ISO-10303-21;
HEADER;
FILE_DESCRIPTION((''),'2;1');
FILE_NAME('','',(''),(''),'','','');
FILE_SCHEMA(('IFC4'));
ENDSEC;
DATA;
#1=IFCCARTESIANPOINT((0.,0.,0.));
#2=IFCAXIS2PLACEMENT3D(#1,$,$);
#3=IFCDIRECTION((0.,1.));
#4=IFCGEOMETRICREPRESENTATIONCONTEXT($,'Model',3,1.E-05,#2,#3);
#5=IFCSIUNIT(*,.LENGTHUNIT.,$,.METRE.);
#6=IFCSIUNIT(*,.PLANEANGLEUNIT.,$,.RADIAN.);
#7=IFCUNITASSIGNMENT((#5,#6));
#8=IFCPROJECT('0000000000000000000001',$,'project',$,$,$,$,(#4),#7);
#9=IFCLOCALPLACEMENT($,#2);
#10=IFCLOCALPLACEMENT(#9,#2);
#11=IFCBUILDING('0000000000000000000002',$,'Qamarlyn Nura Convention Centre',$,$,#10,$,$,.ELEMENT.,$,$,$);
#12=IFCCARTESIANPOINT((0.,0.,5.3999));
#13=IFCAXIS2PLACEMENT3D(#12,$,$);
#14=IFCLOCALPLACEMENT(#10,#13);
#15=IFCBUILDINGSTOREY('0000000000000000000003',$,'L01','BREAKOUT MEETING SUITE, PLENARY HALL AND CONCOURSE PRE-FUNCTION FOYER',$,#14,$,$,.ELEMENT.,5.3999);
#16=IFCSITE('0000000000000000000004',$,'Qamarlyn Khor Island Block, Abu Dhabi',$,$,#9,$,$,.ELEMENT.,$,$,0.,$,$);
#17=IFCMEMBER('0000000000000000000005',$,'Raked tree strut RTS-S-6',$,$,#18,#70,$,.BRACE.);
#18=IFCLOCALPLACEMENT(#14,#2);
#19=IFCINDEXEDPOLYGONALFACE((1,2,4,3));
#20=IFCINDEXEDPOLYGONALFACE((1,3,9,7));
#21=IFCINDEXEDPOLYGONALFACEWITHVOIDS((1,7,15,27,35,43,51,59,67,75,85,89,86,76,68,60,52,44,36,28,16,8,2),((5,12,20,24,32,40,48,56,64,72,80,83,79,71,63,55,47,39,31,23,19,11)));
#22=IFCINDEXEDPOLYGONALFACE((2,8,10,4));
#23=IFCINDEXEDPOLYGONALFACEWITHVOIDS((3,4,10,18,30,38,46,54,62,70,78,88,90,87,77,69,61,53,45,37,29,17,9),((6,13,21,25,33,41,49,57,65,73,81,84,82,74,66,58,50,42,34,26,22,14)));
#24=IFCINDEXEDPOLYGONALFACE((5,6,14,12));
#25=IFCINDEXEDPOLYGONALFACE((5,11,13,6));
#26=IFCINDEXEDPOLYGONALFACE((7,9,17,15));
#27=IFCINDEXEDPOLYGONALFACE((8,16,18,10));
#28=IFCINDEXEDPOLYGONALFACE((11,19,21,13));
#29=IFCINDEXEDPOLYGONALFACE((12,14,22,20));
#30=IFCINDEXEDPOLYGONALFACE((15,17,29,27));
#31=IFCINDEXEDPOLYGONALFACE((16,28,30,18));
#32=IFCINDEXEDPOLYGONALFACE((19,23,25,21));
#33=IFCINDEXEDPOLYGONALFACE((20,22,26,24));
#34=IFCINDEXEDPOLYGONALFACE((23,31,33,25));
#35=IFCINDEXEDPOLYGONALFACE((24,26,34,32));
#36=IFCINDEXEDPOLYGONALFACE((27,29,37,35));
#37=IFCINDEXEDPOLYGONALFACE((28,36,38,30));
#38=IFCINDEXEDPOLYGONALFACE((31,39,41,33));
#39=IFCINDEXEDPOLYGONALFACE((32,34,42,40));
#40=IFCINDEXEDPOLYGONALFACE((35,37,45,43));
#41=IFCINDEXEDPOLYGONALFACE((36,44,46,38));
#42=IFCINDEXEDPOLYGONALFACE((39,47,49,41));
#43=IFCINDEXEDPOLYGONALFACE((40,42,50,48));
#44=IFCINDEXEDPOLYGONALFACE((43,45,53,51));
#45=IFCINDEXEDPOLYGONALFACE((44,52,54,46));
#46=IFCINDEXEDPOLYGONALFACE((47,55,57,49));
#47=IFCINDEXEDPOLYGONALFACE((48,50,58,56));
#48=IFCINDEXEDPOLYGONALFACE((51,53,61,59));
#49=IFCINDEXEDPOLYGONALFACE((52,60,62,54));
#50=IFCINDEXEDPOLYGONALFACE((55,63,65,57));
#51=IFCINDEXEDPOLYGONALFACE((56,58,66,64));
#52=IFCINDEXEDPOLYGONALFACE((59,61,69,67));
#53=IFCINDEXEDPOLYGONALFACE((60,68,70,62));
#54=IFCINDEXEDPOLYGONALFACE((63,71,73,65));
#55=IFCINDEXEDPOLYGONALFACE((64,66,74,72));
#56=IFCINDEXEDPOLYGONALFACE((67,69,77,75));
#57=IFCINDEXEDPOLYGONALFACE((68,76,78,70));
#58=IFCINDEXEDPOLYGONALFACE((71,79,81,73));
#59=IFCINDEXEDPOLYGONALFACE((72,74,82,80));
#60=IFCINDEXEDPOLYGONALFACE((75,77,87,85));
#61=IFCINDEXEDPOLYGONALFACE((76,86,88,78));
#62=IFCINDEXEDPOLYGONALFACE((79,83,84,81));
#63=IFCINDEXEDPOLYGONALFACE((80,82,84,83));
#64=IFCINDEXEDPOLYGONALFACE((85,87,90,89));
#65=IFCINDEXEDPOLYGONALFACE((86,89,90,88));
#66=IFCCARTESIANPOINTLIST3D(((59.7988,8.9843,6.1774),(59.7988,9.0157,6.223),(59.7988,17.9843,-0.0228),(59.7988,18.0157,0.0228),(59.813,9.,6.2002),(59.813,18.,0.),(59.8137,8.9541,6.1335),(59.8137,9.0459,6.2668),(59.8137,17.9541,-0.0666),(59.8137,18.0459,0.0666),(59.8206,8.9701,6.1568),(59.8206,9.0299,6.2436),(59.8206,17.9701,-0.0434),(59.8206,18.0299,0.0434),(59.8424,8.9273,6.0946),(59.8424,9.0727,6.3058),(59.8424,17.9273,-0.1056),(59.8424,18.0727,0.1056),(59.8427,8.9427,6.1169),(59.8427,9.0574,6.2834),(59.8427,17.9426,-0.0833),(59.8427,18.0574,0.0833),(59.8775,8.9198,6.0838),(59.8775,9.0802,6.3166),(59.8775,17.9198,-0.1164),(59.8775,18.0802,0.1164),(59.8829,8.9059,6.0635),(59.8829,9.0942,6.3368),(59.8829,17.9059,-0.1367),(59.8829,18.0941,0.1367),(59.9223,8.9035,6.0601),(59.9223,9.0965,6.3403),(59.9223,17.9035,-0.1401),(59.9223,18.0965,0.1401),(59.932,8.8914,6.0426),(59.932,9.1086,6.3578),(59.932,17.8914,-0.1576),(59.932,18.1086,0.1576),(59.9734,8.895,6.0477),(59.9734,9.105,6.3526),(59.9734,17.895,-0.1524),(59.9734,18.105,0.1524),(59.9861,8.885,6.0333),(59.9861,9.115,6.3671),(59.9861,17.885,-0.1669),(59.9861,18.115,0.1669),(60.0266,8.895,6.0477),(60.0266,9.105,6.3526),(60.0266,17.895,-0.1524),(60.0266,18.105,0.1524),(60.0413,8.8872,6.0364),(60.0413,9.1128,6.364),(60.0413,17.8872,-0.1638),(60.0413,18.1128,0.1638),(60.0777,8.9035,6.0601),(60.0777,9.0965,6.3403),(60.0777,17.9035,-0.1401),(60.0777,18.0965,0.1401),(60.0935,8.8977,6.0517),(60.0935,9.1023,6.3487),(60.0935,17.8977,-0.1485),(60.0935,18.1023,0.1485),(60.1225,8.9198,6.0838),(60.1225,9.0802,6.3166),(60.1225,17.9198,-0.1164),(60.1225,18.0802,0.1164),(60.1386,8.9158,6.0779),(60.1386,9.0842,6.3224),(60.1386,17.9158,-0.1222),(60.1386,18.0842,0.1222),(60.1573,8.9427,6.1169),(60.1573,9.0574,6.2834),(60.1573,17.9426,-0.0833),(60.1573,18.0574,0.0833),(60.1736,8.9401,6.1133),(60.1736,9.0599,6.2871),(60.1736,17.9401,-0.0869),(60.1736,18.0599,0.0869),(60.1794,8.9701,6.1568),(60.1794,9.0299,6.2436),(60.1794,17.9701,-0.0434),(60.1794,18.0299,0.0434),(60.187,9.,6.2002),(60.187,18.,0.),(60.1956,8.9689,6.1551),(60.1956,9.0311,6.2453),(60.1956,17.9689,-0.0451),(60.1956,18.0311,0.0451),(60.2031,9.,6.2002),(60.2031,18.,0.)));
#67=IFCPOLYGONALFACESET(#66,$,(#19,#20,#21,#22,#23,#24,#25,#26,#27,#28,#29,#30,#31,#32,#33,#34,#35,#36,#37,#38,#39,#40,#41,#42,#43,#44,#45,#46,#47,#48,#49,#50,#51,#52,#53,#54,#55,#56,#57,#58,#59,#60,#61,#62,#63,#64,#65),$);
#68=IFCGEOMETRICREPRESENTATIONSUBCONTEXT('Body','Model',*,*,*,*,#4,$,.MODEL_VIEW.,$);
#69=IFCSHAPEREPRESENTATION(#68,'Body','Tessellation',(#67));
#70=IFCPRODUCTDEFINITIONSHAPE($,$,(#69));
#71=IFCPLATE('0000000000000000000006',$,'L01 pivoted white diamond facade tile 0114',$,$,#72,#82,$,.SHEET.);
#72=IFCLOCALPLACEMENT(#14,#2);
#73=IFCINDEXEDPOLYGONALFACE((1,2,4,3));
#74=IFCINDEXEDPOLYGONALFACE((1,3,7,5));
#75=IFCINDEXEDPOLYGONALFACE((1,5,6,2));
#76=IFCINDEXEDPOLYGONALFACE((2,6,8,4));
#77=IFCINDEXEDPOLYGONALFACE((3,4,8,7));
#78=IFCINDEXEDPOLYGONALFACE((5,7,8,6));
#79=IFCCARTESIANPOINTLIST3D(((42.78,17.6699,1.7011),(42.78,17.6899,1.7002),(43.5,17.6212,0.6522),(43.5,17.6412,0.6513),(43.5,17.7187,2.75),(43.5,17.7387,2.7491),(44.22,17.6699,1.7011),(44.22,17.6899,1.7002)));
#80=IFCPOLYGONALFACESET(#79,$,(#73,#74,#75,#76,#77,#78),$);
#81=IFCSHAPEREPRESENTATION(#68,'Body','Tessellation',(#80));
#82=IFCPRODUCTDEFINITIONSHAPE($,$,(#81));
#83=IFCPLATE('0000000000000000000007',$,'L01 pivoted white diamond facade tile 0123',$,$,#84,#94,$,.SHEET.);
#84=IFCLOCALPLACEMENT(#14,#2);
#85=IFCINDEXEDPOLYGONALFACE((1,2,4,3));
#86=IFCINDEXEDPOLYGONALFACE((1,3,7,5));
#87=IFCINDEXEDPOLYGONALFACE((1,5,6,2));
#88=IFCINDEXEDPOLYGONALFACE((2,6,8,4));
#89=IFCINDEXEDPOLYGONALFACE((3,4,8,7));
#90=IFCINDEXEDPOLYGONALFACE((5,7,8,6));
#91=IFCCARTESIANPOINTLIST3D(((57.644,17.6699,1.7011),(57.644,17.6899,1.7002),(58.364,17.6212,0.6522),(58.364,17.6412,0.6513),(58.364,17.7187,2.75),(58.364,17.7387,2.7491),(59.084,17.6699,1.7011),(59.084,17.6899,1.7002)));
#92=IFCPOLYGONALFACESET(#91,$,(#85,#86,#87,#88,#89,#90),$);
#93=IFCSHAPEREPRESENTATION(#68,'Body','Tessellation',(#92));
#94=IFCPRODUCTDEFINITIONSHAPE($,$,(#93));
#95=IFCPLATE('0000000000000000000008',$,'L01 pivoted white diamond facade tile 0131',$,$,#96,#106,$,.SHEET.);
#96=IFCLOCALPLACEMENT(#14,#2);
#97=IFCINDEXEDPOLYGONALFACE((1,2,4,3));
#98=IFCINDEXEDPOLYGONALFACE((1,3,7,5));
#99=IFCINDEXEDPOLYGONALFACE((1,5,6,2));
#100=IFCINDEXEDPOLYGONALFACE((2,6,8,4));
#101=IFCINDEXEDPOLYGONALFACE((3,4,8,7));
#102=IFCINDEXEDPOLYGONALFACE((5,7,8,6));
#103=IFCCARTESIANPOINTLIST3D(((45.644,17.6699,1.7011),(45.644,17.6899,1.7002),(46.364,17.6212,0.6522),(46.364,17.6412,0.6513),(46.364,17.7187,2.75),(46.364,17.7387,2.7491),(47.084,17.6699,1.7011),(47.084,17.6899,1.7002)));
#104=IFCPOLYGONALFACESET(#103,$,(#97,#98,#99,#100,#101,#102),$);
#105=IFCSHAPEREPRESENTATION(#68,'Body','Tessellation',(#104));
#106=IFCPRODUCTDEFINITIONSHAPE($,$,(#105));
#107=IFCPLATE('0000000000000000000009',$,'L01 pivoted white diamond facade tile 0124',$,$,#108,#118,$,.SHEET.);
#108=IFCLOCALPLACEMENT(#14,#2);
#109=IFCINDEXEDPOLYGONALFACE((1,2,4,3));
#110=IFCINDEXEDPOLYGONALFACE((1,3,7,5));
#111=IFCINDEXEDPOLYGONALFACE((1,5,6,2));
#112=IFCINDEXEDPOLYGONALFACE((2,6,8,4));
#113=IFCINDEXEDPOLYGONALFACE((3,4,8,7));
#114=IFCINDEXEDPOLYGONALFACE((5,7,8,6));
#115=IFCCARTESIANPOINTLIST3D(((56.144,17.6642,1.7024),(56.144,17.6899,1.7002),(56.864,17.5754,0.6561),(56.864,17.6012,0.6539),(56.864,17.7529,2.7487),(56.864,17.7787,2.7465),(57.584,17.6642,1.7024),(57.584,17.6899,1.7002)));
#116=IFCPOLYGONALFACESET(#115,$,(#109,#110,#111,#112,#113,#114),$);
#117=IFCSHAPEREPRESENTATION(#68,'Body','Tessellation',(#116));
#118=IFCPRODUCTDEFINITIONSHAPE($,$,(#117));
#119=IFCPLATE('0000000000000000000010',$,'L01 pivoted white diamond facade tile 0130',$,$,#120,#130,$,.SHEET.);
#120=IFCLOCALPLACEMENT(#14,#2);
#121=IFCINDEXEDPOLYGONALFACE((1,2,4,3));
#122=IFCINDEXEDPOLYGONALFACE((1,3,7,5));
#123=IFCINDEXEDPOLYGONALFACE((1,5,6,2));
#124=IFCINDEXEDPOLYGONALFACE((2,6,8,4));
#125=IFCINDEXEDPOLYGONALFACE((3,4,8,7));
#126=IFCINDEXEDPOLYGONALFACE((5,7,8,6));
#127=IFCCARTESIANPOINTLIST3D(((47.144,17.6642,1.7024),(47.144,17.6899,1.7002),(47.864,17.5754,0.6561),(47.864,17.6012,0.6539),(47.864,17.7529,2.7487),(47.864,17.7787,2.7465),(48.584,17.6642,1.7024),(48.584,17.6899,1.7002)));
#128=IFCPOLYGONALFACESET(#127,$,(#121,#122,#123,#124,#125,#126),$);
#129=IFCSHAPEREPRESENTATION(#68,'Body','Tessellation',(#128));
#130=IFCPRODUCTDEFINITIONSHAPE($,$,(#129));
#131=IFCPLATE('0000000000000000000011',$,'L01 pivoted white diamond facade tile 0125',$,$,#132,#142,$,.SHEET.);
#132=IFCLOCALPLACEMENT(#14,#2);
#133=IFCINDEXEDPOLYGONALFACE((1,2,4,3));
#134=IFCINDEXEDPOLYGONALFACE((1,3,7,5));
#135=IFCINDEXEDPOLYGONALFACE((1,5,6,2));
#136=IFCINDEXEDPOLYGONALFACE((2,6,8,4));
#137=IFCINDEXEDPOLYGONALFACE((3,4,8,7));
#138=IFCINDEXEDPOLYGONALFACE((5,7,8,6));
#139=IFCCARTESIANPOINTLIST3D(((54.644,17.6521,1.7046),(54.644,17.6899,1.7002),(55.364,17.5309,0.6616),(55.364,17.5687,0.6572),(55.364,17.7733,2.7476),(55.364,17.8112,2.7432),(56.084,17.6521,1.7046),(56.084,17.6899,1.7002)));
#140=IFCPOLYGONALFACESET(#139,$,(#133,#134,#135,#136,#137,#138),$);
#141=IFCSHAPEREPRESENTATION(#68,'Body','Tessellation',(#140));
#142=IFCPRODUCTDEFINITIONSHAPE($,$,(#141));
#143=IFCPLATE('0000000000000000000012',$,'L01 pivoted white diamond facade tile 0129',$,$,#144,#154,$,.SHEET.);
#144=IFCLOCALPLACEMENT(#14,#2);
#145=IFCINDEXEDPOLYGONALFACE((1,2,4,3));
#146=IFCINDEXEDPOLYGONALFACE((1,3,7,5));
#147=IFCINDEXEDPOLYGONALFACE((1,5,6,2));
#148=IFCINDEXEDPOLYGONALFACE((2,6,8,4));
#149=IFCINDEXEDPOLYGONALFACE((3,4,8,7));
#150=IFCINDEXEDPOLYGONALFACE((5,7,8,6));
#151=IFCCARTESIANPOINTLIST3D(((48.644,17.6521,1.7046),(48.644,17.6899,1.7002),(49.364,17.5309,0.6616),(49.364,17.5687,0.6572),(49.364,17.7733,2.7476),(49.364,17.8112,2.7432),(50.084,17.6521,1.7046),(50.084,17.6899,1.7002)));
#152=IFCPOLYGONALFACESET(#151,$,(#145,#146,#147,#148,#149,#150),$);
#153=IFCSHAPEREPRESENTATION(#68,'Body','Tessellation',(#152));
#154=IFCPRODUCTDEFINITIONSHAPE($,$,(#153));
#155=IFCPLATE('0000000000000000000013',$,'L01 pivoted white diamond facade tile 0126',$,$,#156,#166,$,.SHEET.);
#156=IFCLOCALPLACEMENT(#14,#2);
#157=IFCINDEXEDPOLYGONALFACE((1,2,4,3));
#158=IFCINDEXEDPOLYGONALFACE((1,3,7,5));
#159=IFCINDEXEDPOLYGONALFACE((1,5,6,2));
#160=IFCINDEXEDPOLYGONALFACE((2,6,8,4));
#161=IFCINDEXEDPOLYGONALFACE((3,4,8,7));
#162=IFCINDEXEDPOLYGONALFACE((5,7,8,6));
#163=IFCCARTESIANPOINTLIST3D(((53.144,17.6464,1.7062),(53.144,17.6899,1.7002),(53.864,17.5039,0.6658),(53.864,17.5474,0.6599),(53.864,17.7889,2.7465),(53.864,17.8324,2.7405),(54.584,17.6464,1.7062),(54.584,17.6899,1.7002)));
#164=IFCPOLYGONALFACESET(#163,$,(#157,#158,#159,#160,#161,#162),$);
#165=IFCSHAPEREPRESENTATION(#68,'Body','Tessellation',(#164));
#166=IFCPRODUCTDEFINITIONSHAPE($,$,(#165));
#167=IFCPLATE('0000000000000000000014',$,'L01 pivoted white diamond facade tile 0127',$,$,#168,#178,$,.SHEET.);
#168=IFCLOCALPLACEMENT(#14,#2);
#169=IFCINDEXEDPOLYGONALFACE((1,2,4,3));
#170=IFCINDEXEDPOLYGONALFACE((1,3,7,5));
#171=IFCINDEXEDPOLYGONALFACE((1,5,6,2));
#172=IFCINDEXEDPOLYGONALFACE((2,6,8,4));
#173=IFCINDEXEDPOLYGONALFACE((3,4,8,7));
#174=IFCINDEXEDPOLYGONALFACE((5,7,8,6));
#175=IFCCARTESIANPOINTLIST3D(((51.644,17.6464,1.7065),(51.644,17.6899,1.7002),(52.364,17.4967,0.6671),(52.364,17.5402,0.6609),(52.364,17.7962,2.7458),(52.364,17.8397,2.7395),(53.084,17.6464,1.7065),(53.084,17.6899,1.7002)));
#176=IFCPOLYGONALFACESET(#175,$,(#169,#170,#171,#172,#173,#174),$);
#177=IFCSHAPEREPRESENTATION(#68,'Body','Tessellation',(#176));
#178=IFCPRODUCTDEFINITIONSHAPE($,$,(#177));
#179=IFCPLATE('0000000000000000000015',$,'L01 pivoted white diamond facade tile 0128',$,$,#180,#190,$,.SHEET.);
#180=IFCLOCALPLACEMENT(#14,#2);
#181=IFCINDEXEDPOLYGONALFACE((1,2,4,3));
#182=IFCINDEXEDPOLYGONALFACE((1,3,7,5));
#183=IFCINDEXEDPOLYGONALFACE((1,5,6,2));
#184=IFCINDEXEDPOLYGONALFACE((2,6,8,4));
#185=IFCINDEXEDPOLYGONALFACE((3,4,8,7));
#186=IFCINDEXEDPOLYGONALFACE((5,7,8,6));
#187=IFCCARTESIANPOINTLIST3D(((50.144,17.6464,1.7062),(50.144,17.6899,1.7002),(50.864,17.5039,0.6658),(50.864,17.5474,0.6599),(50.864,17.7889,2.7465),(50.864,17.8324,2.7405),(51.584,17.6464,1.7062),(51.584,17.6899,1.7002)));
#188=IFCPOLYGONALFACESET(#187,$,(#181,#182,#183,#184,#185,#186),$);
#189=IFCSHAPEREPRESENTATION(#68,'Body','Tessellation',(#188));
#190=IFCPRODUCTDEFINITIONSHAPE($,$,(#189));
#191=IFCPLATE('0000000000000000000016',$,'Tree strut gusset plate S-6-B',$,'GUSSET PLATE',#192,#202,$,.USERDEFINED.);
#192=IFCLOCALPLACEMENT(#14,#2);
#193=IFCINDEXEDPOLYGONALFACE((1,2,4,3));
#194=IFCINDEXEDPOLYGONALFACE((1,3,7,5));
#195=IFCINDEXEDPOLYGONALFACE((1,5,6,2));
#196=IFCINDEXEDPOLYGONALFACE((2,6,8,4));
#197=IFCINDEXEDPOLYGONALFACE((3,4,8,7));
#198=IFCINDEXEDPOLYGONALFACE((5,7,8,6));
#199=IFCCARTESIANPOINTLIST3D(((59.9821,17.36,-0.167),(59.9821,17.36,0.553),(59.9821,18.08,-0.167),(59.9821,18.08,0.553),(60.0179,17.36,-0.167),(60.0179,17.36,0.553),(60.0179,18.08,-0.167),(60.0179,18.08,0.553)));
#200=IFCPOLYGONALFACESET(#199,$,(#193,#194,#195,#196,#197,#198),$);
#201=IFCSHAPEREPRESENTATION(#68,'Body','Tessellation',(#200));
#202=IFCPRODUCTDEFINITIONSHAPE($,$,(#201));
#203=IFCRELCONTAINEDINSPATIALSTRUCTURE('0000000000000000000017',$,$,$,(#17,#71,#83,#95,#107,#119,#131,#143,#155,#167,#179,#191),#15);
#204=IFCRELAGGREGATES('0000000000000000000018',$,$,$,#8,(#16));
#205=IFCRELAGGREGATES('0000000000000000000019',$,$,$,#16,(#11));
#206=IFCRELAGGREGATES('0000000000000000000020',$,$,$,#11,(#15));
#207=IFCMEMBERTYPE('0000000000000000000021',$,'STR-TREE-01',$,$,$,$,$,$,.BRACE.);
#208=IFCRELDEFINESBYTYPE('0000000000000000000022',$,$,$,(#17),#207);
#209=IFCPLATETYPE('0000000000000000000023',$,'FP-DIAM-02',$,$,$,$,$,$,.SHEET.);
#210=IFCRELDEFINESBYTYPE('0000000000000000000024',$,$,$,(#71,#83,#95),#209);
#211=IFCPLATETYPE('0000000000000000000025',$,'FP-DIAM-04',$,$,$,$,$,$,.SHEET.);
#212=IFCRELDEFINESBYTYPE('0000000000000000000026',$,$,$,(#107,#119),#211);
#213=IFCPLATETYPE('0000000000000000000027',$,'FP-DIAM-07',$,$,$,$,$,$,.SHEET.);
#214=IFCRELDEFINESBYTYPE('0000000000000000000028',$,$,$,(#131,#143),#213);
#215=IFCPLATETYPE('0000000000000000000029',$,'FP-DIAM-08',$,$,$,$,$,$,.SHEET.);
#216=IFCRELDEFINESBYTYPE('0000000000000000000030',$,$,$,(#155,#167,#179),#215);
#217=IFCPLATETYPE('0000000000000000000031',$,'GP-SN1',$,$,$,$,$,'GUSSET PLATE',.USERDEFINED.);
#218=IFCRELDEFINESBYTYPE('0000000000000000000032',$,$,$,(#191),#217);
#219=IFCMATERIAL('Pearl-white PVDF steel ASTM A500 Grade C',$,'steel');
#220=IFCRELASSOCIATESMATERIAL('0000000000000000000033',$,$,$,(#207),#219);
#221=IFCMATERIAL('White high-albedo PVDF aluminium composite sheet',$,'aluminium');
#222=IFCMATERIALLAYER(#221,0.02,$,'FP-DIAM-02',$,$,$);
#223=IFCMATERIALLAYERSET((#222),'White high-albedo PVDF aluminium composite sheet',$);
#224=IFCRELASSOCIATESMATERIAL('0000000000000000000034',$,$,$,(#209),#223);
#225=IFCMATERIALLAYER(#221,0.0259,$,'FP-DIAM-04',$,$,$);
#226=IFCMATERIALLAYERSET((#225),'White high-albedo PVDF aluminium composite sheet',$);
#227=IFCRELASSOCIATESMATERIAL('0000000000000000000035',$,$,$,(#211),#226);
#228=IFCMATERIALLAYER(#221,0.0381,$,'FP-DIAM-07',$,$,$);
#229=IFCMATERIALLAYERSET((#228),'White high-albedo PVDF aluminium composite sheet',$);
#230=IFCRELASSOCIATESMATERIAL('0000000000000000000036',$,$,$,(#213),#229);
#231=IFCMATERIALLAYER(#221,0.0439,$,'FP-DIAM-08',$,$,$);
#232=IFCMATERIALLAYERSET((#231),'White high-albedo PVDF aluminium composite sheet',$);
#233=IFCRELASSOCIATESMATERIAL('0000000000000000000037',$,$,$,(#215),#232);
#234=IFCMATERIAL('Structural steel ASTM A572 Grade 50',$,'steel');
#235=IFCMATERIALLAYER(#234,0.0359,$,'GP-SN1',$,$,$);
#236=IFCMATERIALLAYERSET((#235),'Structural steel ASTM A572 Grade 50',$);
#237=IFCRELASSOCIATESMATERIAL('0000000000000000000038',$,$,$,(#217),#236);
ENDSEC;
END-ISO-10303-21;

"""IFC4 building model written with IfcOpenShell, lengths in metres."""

from ifc_helpers import new_model, si_unit, direction, frame, origin, origin_2d, place, context, subcontext, project, spatial, polyline, rectangle, hollow_circle, outline, extrude, material, layer, layer_set, material_profile, profile_set, type_object, element, save


model = new_model("IFC4")

# Units and contexts
model_context = context("Model", 3, precision=1e-05, world=origin(), true_north=direction((0.0, 1.0)))
body_context = subcontext(model_context, "Body", "Model", "MODEL_VIEW")
ifc_project = project(units=[si_unit("LENGTHUNIT", "METRE"), si_unit("PLANEANGLEUNIT", "RADIAN")], contexts=[model_context])

# Site, building, storey
site_placement = place(None, origin())
site = spatial("IfcSite", under=ifc_project, at=site_placement, Name="Qamarlyn Khor Island Block, Abu Dhabi", CompositionType="ELEMENT", RefElevation=0.0)
building_placement = place(site_placement, origin())
building = spatial("IfcBuilding", under=site, at=building_placement, Name="Qamarlyn Nura Convention Centre", CompositionType="ELEMENT")
storey_placement = place(building_placement, frame((0.0, 0.0, 5.3999)))
storey = spatial("IfcBuildingStorey", under=building, at=storey_placement, Name="L01", Description="BREAKOUT MEETING SUITE, PLENARY HALL AND CONCOURSE PRE-FUNCTION FOYER", CompositionType="ELEMENT", Elevation=5.3999)

# Shared definitions
ifc_material_1 = material(Name="Pearl-white PVDF steel ASTM A500 Grade C", Category="steel")

# Member
ifc_material_profile_1 = material_profile(ifc_material_1, hollow_circle(Radius=0.2031, WallThickness=0.0161, at=origin_2d()), Name="CHS406.4X16")
ifc_profile_set_1 = profile_set([ifc_material_profile_1], Name="Pearl-white PVDF steel ASTM A500 Grade C")
member_type = type_object("IfcMemberType", Name="STR-TREE-01", PredefinedType="BRACE", material=ifc_profile_set_1)
for number, where, z_axis, x_axis, name in (
    (1, (60.0, 18.0, 0.0), (0.0, -0.823499, 0.567317), (1.0, 0.0, 0.0), "Raked tree strut RTS-S-6"),
):
    element("IfcMember", number, at=place(storey_placement, frame(where, z_axis=z_axis, x_axis=x_axis)), inside=storey, type_object=member_type, Name=name, PredefinedType="BRACE", context=body_context, shape_type="SweptSolid", body=[
        extrude(hollow_circle(Radius=0.2031, WallThickness=0.0161, at=origin_2d()), origin(), (0.0, 0.0, 1.0), 10.929),
    ])

# Plates
ifc_material_2 = material(Name="White high-albedo PVDF aluminium composite sheet", Category="aluminium")
ifc_layer_1 = layer(ifc_material_2, 0.02, Name="FP-DIAM-02")
ifc_layer_set_1 = layer_set([ifc_layer_1], Name="White high-albedo PVDF aluminium composite sheet")
plate_type_1 = type_object("IfcPlateType", Name="FP-DIAM-02", PredefinedType="SHEET", material=ifc_layer_set_1)
for number, where, z_axis, x_axis, name in (
    (2, (43.5, 17.6899, 1.7002), (0.0, -0.998923, 0.046409), (1.0, 0.0, 0.0), "L01 pivoted white diamond facade tile 0114"),
    (3, (58.364, 17.6899, 1.7002), (0.0, -0.998923, 0.046409), (1.0, 0.0, 0.0), "L01 pivoted white diamond facade tile 0123"),
    (4, (46.364, 17.6899, 1.7002), (0.0, -0.998923, 0.046409), (1.0, 0.0, 0.0), "L01 pivoted white diamond facade tile 0131"),
):
    element("IfcPlate", number, at=place(storey_placement, frame(where, z_axis=z_axis, x_axis=x_axis)), inside=storey, type_object=plate_type_1, Name=name, PredefinedType="SHEET", context=body_context, shape_type="SweptSolid", body=[
        extrude(outline(polyline([(-0.72, 0.0), (0.0, -1.05), (0.72, 0.0), (0.0, 1.05), (-0.72, 0.0)])), origin(), (0.0, 0.0, 1.0), 0.02),
    ])
ifc_layer_2 = layer(ifc_material_2, 0.0259, Name="FP-DIAM-04")
ifc_layer_set_2 = layer_set([ifc_layer_2], Name="White high-albedo PVDF aluminium composite sheet")
plate_type_2 = type_object("IfcPlateType", Name="FP-DIAM-04", PredefinedType="SHEET", material=ifc_layer_set_2)
for number, where, z_axis, x_axis, name in (
    (5, (56.864, 17.6899, 1.7002), (0.0, -0.996419, 0.084547), (1.0, 0.0, 0.0), "L01 pivoted white diamond facade tile 0124"),
    (6, (47.864, 17.6899, 1.7002), (0.0, -0.996419, 0.084547), (1.0, 0.0, 0.0), "L01 pivoted white diamond facade tile 0130"),
):
    element("IfcPlate", number, at=place(storey_placement, frame(where, z_axis=z_axis, x_axis=x_axis)), inside=storey, type_object=plate_type_2, Name=name, PredefinedType="SHEET", context=body_context, shape_type="SweptSolid", body=[
        extrude(outline(polyline([(-0.72, 0.0), (0.0, -1.05), (0.72, 0.0), (0.0, 1.05), (-0.72, 0.0)])), origin(), (0.0, 0.0, 1.0), 0.0259),
    ])
ifc_layer_3 = layer(ifc_material_2, 0.0381, Name="FP-DIAM-07")
ifc_layer_set_3 = layer_set([ifc_layer_3], Name="White high-albedo PVDF aluminium composite sheet")
plate_type_3 = type_object("IfcPlateType", Name="FP-DIAM-07", PredefinedType="SHEET", material=ifc_layer_set_3)
for number, where, z_axis, x_axis, name in (
    (7, (55.364, 17.6899, 1.7002), (0.0, -0.993312, 0.115457), (1.0, 0.0, 0.0), "L01 pivoted white diamond facade tile 0125"),
    (8, (49.364, 17.6899, 1.7002), (0.0, -0.993312, 0.115457), (1.0, 0.0, 0.0), "L01 pivoted white diamond facade tile 0129"),
):
    element("IfcPlate", number, at=place(storey_placement, frame(where, z_axis=z_axis, x_axis=x_axis)), inside=storey, type_object=plate_type_3, Name=name, PredefinedType="SHEET", context=body_context, shape_type="SweptSolid", body=[
        extrude(outline(polyline([(-0.72, 0.0), (0.0, -1.05), (0.72, 0.0), (0.0, 1.05), (-0.72, 0.0)])), origin(), (0.0, 0.0, 1.0), 0.0381),
    ])
ifc_layer_4 = layer(ifc_material_2, 0.0439, Name="FP-DIAM-08")
ifc_layer_set_4 = layer_set([ifc_layer_4], Name="White high-albedo PVDF aluminium composite sheet")
plate_type_4 = type_object("IfcPlateType", Name="FP-DIAM-08", PredefinedType="SHEET", material=ifc_layer_set_4)
for number, where, z_axis, x_axis, name in (
    (9, (53.864, 17.6899, 1.7002), (0.0, -0.990748, 0.135716), (1.0, 0.0, 0.0), "L01 pivoted white diamond facade tile 0126"),
    (10, (52.364, 17.6899, 1.7002), (0.0, -0.989776, 0.142629), (1.0, 0.0, 0.0), "L01 pivoted white diamond facade tile 0127"),
    (11, (50.864, 17.6899, 1.7002), (0.0, -0.990748, 0.135716), (1.0, 0.0, 0.0), "L01 pivoted white diamond facade tile 0128"),
):
    element("IfcPlate", number, at=place(storey_placement, frame(where, z_axis=z_axis, x_axis=x_axis)), inside=storey, type_object=plate_type_4, Name=name, PredefinedType="SHEET", context=body_context, shape_type="SweptSolid", body=[
        extrude(outline(polyline([(-0.72, 0.0), (0.0, -1.05), (0.72, 0.0), (0.0, 1.05), (-0.72, 0.0)])), origin(), (0.0, 0.0, 1.0), 0.0439),
    ])
ifc_material_3 = material(Name="Structural steel ASTM A572 Grade 50", Category="steel")
ifc_layer_5 = layer(ifc_material_3, 0.0359, Name="GP-SN1")
ifc_layer_set_5 = layer_set([ifc_layer_5], Name="Structural steel ASTM A572 Grade 50")
plate_type_5 = type_object("IfcPlateType", Name="GP-SN1", ElementType="GUSSET PLATE", PredefinedType="USERDEFINED", material=ifc_layer_set_5)
plate_1_placement = place(storey_placement, frame((60.0, 17.72, -0.167), z_axis=(0.0, 0.0, 1.0), x_axis=(0.0, 1.0, 0.0)))
element("IfcPlate", 12, at=plate_1_placement, inside=storey, type_object=plate_type_5, Name="Tree strut gusset plate S-6-B", ObjectType="GUSSET PLATE", PredefinedType="USERDEFINED", context=body_context, shape_type="SweptSolid", body=[
    extrude(rectangle(XDim=0.72, YDim=0.0359, at=origin_2d()), origin(), (0.0, 0.0, 1.0), 0.72),
])

save(model, "model.ifc")
